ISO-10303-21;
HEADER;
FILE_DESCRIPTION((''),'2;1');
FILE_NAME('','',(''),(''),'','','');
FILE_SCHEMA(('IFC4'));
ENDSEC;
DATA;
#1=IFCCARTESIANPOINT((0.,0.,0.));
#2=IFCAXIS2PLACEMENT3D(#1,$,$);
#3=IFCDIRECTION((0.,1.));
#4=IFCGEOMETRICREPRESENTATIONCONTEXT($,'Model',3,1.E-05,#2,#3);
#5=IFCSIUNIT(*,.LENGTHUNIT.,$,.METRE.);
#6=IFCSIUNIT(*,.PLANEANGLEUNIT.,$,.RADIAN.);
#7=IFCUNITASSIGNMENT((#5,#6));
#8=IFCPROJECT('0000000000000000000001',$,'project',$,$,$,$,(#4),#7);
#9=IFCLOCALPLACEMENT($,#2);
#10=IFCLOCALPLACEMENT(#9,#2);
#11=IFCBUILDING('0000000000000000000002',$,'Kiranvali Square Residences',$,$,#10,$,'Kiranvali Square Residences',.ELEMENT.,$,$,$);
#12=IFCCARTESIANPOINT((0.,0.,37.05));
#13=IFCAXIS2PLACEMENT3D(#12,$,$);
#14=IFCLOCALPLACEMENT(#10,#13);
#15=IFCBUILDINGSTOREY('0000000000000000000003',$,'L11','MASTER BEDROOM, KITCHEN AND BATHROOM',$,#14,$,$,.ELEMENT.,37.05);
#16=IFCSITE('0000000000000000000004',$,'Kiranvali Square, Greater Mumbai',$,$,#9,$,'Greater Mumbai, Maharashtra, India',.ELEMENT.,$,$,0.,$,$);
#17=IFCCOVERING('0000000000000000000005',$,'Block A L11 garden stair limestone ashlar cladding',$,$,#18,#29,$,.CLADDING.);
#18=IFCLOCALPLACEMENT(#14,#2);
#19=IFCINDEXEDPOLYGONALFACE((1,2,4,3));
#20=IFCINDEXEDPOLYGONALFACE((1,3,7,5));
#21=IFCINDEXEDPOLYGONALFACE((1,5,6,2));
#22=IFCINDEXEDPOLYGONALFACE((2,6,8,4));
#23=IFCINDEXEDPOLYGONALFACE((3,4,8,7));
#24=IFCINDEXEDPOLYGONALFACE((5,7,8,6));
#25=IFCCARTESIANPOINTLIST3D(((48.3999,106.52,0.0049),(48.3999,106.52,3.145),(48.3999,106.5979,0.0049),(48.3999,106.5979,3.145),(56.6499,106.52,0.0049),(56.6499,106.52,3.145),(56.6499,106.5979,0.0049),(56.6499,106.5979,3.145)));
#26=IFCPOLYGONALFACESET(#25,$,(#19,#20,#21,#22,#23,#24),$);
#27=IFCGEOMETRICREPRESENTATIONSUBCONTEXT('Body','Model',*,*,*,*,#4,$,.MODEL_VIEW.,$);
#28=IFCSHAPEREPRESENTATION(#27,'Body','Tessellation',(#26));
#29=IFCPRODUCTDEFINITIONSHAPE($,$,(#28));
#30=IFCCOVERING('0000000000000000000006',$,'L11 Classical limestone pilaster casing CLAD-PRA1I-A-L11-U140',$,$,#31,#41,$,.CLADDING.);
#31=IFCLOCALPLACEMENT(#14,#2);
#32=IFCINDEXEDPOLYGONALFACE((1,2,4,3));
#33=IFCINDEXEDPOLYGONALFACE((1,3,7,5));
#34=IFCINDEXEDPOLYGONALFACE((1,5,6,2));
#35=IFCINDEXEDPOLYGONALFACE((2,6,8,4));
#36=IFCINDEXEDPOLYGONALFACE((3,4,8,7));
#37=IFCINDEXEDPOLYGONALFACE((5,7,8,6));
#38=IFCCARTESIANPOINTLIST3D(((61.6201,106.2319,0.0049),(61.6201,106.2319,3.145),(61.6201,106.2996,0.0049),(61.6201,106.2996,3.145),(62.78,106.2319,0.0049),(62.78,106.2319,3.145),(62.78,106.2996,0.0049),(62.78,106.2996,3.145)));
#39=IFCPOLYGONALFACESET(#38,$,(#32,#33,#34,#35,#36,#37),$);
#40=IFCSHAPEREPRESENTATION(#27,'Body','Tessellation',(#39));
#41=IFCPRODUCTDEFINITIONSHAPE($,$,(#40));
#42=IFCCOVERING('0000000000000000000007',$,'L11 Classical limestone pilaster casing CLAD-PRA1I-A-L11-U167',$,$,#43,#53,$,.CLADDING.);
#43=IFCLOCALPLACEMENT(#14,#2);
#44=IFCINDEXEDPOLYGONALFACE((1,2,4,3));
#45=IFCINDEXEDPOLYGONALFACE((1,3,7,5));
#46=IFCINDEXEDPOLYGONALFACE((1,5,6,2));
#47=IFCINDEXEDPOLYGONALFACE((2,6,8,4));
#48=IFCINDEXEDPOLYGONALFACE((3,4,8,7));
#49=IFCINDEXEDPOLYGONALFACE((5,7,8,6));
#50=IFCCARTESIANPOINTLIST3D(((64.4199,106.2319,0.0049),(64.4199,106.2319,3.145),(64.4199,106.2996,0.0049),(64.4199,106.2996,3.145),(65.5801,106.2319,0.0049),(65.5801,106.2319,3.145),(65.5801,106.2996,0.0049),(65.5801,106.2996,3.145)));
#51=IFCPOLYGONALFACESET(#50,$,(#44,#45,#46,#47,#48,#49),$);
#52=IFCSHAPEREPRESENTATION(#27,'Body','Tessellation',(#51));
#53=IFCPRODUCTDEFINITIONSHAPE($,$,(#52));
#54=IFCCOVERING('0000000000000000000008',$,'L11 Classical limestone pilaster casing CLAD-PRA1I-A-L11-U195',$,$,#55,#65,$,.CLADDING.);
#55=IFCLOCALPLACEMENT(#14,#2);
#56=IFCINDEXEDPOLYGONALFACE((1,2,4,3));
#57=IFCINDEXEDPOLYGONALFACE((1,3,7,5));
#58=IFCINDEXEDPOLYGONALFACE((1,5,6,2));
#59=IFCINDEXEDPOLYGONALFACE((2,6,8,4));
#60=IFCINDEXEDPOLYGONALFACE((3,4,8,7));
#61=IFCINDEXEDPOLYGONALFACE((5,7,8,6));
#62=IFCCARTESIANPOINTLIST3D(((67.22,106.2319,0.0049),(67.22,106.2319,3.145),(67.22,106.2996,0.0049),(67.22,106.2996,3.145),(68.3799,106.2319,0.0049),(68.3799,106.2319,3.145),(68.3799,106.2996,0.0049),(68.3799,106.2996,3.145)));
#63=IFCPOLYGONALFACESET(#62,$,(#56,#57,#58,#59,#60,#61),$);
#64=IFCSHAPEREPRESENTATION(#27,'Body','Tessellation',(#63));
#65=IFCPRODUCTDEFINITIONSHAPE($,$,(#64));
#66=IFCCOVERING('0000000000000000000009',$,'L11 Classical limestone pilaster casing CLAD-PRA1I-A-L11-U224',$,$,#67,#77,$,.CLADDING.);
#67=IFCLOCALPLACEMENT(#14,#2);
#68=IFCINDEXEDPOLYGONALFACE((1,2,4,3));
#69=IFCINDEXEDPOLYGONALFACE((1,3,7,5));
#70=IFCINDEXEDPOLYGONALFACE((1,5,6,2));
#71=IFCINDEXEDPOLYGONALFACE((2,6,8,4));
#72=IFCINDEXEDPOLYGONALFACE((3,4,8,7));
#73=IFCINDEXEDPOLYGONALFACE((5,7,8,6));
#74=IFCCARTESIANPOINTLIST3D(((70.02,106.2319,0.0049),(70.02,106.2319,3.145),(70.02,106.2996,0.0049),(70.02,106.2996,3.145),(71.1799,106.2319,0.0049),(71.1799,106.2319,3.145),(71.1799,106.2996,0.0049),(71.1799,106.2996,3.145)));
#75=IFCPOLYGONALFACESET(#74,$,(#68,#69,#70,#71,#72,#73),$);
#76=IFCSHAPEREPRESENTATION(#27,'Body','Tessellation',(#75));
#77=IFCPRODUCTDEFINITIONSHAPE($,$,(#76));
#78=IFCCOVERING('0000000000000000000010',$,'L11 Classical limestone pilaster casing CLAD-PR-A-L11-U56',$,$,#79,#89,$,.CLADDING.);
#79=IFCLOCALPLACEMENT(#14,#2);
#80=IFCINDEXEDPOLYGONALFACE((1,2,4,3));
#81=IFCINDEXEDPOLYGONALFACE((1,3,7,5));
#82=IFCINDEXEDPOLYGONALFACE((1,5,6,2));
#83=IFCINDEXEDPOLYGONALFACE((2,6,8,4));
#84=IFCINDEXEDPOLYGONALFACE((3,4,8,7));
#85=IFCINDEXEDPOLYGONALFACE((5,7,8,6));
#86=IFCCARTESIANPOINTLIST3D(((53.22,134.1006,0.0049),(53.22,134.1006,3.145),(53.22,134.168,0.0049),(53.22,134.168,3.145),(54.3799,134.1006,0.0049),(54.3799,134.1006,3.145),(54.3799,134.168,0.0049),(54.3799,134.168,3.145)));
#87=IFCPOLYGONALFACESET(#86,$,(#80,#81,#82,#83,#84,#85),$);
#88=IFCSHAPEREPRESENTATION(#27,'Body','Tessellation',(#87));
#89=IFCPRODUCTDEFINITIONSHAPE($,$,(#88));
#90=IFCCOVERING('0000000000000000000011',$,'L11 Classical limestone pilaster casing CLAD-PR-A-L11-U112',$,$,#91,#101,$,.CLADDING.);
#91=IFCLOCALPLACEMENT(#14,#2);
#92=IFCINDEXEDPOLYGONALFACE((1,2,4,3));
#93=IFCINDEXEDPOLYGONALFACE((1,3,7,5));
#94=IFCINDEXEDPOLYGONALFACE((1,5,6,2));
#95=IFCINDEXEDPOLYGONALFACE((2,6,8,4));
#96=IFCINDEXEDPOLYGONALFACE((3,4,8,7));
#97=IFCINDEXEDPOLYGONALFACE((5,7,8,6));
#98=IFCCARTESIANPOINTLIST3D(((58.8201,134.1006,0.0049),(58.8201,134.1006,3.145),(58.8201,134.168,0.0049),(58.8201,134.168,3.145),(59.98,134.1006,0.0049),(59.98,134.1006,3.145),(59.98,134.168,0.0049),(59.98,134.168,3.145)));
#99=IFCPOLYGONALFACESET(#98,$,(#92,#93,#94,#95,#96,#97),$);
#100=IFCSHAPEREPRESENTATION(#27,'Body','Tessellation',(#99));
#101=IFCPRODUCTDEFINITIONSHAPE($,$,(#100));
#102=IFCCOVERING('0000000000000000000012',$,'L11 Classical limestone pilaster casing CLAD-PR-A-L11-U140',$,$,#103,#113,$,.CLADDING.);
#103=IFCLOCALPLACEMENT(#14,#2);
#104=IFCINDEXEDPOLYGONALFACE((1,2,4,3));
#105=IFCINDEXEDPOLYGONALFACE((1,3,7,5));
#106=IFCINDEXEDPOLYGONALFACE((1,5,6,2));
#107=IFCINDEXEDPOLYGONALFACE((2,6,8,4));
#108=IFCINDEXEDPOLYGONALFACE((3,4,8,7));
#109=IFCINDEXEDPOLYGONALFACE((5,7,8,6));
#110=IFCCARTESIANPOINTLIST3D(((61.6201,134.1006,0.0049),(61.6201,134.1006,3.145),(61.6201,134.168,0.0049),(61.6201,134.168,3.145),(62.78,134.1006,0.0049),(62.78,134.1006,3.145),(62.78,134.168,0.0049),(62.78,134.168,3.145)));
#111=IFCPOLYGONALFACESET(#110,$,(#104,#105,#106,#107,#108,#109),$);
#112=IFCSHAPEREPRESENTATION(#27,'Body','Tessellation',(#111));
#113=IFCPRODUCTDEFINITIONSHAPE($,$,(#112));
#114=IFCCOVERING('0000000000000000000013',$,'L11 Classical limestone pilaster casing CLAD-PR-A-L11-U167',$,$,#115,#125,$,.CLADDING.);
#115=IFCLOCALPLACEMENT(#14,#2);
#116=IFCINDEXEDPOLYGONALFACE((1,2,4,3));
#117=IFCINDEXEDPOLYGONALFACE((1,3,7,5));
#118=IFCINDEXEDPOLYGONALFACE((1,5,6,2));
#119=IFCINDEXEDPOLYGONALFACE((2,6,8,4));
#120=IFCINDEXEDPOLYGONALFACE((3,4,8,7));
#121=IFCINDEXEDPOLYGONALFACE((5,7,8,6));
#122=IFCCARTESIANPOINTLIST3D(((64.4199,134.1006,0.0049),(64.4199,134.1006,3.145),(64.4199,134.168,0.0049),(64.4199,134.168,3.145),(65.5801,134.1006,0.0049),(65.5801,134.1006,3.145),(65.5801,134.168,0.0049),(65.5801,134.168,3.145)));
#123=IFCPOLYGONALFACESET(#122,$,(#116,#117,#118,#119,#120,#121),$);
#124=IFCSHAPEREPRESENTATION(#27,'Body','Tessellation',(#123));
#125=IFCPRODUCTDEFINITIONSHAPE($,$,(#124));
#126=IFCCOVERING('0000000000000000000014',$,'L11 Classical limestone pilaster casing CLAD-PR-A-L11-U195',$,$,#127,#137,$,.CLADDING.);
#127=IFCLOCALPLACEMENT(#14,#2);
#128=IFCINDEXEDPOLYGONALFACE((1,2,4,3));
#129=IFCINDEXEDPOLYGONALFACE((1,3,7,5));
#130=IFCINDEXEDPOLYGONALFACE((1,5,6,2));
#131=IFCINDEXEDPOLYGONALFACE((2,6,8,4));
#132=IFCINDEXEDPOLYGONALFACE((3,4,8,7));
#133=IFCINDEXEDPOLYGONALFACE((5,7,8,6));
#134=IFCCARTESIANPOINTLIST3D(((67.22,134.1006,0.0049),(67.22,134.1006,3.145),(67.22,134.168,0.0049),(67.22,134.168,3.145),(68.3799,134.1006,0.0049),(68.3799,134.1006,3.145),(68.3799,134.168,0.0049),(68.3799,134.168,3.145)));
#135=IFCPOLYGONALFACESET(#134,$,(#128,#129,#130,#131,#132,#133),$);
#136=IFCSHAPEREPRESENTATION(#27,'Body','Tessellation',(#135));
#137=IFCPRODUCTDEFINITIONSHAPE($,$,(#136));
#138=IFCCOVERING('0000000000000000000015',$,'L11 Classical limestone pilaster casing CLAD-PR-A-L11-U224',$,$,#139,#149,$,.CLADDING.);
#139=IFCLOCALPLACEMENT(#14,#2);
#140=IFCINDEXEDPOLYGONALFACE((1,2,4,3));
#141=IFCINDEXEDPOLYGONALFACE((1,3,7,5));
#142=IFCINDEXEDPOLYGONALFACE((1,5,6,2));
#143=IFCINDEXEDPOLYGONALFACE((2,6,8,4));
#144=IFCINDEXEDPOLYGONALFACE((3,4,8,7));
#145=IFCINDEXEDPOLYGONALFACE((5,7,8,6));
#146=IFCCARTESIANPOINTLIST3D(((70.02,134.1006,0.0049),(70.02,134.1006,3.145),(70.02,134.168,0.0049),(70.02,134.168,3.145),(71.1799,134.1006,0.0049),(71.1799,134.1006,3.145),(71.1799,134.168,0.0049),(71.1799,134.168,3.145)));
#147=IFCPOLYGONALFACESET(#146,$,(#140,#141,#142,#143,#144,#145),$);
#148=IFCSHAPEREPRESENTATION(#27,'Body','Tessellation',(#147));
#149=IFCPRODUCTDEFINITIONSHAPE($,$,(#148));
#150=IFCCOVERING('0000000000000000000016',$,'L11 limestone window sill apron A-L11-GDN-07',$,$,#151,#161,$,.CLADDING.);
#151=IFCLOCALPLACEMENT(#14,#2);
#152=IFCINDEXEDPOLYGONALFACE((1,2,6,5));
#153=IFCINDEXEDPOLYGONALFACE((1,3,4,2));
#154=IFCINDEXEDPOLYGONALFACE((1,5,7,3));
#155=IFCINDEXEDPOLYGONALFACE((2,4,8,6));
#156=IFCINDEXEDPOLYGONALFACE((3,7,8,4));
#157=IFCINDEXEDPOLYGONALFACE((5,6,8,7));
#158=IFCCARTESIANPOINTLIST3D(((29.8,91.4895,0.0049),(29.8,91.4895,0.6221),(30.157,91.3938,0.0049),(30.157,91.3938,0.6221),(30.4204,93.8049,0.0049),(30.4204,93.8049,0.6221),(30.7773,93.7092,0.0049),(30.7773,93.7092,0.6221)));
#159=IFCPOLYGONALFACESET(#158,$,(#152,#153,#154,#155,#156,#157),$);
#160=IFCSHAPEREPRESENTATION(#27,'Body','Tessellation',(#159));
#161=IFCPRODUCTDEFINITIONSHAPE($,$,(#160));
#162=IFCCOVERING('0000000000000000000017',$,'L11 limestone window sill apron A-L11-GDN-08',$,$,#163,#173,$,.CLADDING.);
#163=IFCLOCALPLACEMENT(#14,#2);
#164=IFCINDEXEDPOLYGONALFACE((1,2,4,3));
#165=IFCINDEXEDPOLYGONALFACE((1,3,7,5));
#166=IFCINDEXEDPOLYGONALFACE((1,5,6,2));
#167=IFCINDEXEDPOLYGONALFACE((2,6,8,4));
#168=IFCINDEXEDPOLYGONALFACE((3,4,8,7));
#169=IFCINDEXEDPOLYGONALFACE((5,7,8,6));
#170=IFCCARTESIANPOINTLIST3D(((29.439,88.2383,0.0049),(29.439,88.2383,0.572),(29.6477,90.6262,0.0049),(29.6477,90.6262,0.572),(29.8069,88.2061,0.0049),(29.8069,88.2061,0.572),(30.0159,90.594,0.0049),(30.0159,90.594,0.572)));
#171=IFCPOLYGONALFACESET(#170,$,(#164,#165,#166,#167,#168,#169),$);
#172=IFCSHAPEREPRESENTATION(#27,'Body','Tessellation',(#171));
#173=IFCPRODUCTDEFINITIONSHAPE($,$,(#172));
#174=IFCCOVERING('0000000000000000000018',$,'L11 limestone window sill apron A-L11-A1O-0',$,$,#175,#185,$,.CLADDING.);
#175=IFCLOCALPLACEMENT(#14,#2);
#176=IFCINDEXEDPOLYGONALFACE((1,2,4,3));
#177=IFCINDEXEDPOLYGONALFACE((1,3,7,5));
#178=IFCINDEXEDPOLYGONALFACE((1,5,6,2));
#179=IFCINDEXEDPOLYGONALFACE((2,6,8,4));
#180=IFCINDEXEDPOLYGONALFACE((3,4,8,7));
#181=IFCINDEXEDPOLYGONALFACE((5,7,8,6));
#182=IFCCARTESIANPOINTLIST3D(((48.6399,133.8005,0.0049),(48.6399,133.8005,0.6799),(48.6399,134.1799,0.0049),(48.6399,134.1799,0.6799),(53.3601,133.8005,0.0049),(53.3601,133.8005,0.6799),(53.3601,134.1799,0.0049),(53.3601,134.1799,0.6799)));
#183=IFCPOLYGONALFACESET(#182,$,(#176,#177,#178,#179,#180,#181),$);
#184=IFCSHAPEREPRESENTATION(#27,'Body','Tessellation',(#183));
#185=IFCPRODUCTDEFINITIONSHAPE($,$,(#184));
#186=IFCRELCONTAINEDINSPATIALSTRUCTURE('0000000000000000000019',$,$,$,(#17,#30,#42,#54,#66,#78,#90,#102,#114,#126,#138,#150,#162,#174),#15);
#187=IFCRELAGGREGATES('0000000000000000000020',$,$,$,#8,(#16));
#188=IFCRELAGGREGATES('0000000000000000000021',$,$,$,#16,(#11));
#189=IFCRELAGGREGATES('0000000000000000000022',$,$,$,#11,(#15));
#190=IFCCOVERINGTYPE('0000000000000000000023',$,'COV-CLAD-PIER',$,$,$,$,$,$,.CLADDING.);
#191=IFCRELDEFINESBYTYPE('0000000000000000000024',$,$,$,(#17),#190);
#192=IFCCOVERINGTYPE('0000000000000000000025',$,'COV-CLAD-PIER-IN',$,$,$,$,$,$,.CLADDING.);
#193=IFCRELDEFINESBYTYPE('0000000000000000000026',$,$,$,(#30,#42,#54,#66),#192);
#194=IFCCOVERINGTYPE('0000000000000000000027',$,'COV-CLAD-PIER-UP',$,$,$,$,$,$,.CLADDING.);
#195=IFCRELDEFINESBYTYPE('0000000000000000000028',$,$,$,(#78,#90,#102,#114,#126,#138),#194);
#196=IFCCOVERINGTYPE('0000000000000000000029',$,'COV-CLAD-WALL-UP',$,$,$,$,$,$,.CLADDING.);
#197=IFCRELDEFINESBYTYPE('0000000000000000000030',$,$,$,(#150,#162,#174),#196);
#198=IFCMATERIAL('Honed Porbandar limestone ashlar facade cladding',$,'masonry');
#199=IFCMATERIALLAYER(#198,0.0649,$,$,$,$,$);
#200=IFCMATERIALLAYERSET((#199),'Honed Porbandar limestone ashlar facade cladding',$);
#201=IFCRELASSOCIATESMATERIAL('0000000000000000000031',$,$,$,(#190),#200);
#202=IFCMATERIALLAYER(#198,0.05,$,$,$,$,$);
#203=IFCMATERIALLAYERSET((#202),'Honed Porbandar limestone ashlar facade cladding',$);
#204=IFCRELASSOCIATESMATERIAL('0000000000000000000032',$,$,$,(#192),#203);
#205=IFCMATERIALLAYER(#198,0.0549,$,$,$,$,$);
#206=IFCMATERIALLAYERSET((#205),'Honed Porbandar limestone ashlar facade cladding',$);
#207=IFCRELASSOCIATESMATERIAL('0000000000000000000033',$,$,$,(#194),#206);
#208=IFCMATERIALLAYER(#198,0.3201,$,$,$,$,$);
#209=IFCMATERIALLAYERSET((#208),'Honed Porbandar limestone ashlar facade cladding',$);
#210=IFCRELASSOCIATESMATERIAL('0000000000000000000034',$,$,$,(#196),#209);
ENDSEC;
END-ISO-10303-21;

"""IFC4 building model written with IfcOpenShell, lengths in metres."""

from ifc_helpers import new_model, si_unit, direction, frame, origin, place, context, subcontext, project, spatial, polyline, outline, extrude, material, layer, layer_set, type_object, element, save


model = new_model("IFC4")

# Units and contexts
model_context = context("Model", 3, precision=1e-05, world=origin(), true_north=direction((0.0, 1.0)))
body_context = subcontext(model_context, "Body", "Model", "MODEL_VIEW")
ifc_project = project(units=[si_unit("LENGTHUNIT", "METRE"), si_unit("PLANEANGLEUNIT", "RADIAN")], contexts=[model_context])

# Site, building, storey
site_placement = place(None, origin())
site = spatial("IfcSite", under=ifc_project, at=site_placement, Name="Kiranvali Square, Greater Mumbai", LongName="Greater Mumbai, Maharashtra, India", CompositionType="ELEMENT", RefElevation=0.0)
building_placement = place(site_placement, origin())
building = spatial("IfcBuilding", under=site, at=building_placement, Name="Kiranvali Square Residences", LongName="Kiranvali Square Residences", CompositionType="ELEMENT")
storey_placement = place(building_placement, frame((0.0, 0.0, 37.05)))
storey = spatial("IfcBuildingStorey", under=building, at=storey_placement, Name="L11", Description="MASTER BEDROOM, KITCHEN AND BATHROOM", CompositionType="ELEMENT", Elevation=37.05)

# Coverings
ifc_material = material(Name="Honed Porbandar limestone ashlar facade cladding", Category="masonry")
ifc_layer_1 = layer(ifc_material, 0.0649)
ifc_layer_set_1 = layer_set([ifc_layer_1], Name="Honed Porbandar limestone ashlar facade cladding")
covering_type_1 = type_object("IfcCoveringType", Name="COV-CLAD-PIER", PredefinedType="CLADDING", material=ifc_layer_set_1)
covering_1_placement = place(storey_placement, frame((0.0, 0.0, 0.0049)))
element("IfcCovering", 1, at=covering_1_placement, inside=storey, type_object=covering_type_1, Name="Block A L11 garden stair limestone ashlar cladding", PredefinedType="CLADDING", context=body_context, shape_type="SweptSolid", body=[
    extrude(outline(polyline([(48.3999, 106.52), (56.6499, 106.52), (56.6499, 106.5979), (48.3999, 106.5979), (48.3999, 106.52)])), origin(), (0.0, 0.0, 1.0), 3.1401),
])
ifc_layer_2 = layer(ifc_material, 0.05)
ifc_layer_set_2 = layer_set([ifc_layer_2], Name="Honed Porbandar limestone ashlar facade cladding")
covering_type_2 = type_object("IfcCoveringType", Name="COV-CLAD-PIER-IN", PredefinedType="CLADDING", material=ifc_layer_set_2)
covering_2_placement = place(storey_placement, frame((0.0, 0.0, 0.0049)))
element("IfcCovering", 2, at=covering_2_placement, inside=storey, type_object=covering_type_2, Name="L11 Classical limestone pilaster casing CLAD-PRA1I-A-L11-U140", PredefinedType="CLADDING", context=body_context, shape_type="SweptSolid", body=[
    extrude(outline(polyline([(61.6201, 106.2319), (62.78, 106.2319), (62.78, 106.2996), (61.6201, 106.2996), (61.6201, 106.2319)])), origin(), (0.0, 0.0, 1.0), 3.1401),
])
covering_3_placement = place(storey_placement, frame((0.0, 0.0, 0.0049)))
element("IfcCovering", 3, at=covering_3_placement, inside=storey, type_object=covering_type_2, Name="L11 Classical limestone pilaster casing CLAD-PRA1I-A-L11-U167", PredefinedType="CLADDING", context=body_context, shape_type="SweptSolid", body=[
    extrude(outline(polyline([(64.4199, 106.2319), (65.5801, 106.2319), (65.5801, 106.2996), (64.4199, 106.2996), (64.4199, 106.2319)])), origin(), (0.0, 0.0, 1.0), 3.1401),
])
covering_4_placement = place(storey_placement, frame((0.0, 0.0, 0.0049)))
element("IfcCovering", 4, at=covering_4_placement, inside=storey, type_object=covering_type_2, Name="L11 Classical limestone pilaster casing CLAD-PRA1I-A-L11-U195", PredefinedType="CLADDING", context=body_context, shape_type="SweptSolid", body=[
    extrude(outline(polyline([(67.22, 106.2319), (68.3799, 106.2319), (68.3799, 106.2996), (67.22, 106.2996), (67.22, 106.2319)])), origin(), (0.0, 0.0, 1.0), 3.1401),
])
covering_5_placement = place(storey_placement, frame((0.0, 0.0, 0.0049)))
element("IfcCovering", 5, at=covering_5_placement, inside=storey, type_object=covering_type_2, Name="L11 Classical limestone pilaster casing CLAD-PRA1I-A-L11-U224", PredefinedType="CLADDING", context=body_context, shape_type="SweptSolid", body=[
    extrude(outline(polyline([(70.02, 106.2319), (71.1799, 106.2319), (71.1799, 106.2996), (70.02, 106.2996), (70.02, 106.2319)])), origin(), (0.0, 0.0, 1.0), 3.1401),
])
ifc_layer_3 = layer(ifc_material, 0.0549)
ifc_layer_set_3 = layer_set([ifc_layer_3], Name="Honed Porbandar limestone ashlar facade cladding")
covering_type_3 = type_object("IfcCoveringType", Name="COV-CLAD-PIER-UP", PredefinedType="CLADDING", material=ifc_layer_set_3)
covering_6_placement = place(storey_placement, frame((0.0, 0.0, 0.0049)))
element("IfcCovering", 6, at=covering_6_placement, inside=storey, type_object=covering_type_3, Name="L11 Classical limestone pilaster casing CLAD-PR-A-L11-U56", PredefinedType="CLADDING", context=body_context, shape_type="SweptSolid", body=[
    extrude(outline(polyline([(53.22, 134.1006), (54.3799, 134.1006), (54.3799, 134.168), (53.22, 134.168), (53.22, 134.1006)])), origin(), (0.0, 0.0, 1.0), 3.1401),
])
covering_7_placement = place(storey_placement, frame((0.0, 0.0, 0.0049)))
element("IfcCovering", 7, at=covering_7_placement, inside=storey, type_object=covering_type_3, Name="L11 Classical limestone pilaster casing CLAD-PR-A-L11-U112", PredefinedType="CLADDING", context=body_context, shape_type="SweptSolid", body=[
    extrude(outline(polyline([(58.8201, 134.1006), (59.98, 134.1006), (59.98, 134.168), (58.8201, 134.168), (58.8201, 134.1006)])), origin(), (0.0, 0.0, 1.0), 3.1401),
])
covering_8_placement = place(storey_placement, frame((0.0, 0.0, 0.0049)))
element("IfcCovering", 8, at=covering_8_placement, inside=storey, type_object=covering_type_3, Name="L11 Classical limestone pilaster casing CLAD-PR-A-L11-U140", PredefinedType="CLADDING", context=body_context, shape_type="SweptSolid", body=[
    extrude(outline(polyline([(61.6201, 134.1006), (62.78, 134.1006), (62.78, 134.168), (61.6201, 134.168), (61.6201, 134.1006)])), origin(), (0.0, 0.0, 1.0), 3.1401),
])
covering_9_placement = place(storey_placement, frame((0.0, 0.0, 0.0049)))
element("IfcCovering", 9, at=covering_9_placement, inside=storey, type_object=covering_type_3, Name="L11 Classical limestone pilaster casing CLAD-PR-A-L11-U167", PredefinedType="CLADDING", context=body_context, shape_type="SweptSolid", body=[
    extrude(outline(polyline([(64.4199, 134.1006), (65.5801, 134.1006), (65.5801, 134.168), (64.4199, 134.168), (64.4199, 134.1006)])), origin(), (0.0, 0.0, 1.0), 3.1401),
])
covering_10_placement = place(storey_placement, frame((0.0, 0.0, 0.0049)))
element("IfcCovering", 10, at=covering_10_placement, inside=storey, type_object=covering_type_3, Name="L11 Classical limestone pilaster casing CLAD-PR-A-L11-U195", PredefinedType="CLADDING", context=body_context, shape_type="SweptSolid", body=[
    extrude(outline(polyline([(67.22, 134.1006), (68.3799, 134.1006), (68.3799, 134.168), (67.22, 134.168), (67.22, 134.1006)])), origin(), (0.0, 0.0, 1.0), 3.1401),
])
covering_11_placement = place(storey_placement, frame((0.0, 0.0, 0.0049)))
element("IfcCovering", 11, at=covering_11_placement, inside=storey, type_object=covering_type_3, Name="L11 Classical limestone pilaster casing CLAD-PR-A-L11-U224", PredefinedType="CLADDING", context=body_context, shape_type="SweptSolid", body=[
    extrude(outline(polyline([(70.02, 134.1006), (71.1799, 134.1006), (71.1799, 134.168), (70.02, 134.168), (70.02, 134.1006)])), origin(), (0.0, 0.0, 1.0), 3.1401),
])
ifc_layer_4 = layer(ifc_material, 0.3201)
ifc_layer_set_4 = layer_set([ifc_layer_4], Name="Honed Porbandar limestone ashlar facade cladding")
covering_type_4 = type_object("IfcCoveringType", Name="COV-CLAD-WALL-UP", PredefinedType="CLADDING", material=ifc_layer_set_4)
covering_12_placement = place(storey_placement, frame((0.0, 0.0, 0.0049)))
element("IfcCovering", 12, at=covering_12_placement, inside=storey, type_object=covering_type_4, Name="L11 limestone window sill apron A-L11-GDN-07", PredefinedType="CLADDING", context=body_context, shape_type="SweptSolid", body=[
    extrude(outline(polyline([(30.4204, 93.8049), (29.8, 91.4895), (30.157, 91.3938), (30.7773, 93.7092), (30.4204, 93.8049)])), origin(), (0.0, 0.0, 1.0), 0.6172),
])
covering_13_placement = place(storey_placement, frame((0.0, 0.0, 0.0049)))
element("IfcCovering", 13, at=covering_13_placement, inside=storey, type_object=covering_type_4, Name="L11 limestone window sill apron A-L11-GDN-08", PredefinedType="CLADDING", context=body_context, shape_type="SweptSolid", body=[
    extrude(outline(polyline([(29.6477, 90.6262), (29.439, 88.2383), (29.8069, 88.2061), (30.0159, 90.594), (29.6477, 90.6262)])), origin(), (0.0, 0.0, 1.0), 0.5671),
])
covering_14_placement = place(storey_placement, frame((0.0, 0.0, 0.0049)))
element("IfcCovering", 14, at=covering_14_placement, inside=storey, type_object=covering_type_4, Name="L11 limestone window sill apron A-L11-A1O-0", PredefinedType="CLADDING", context=body_context, shape_type="SweptSolid", body=[
    extrude(outline(polyline([(48.6399, 133.8005), (53.3601, 133.8005), (53.3601, 134.1799), (48.6399, 134.1799), (48.6399, 133.8005)])), origin(), (0.0, 0.0, 1.0), 0.675),
])

save(model, "model.ifc")
